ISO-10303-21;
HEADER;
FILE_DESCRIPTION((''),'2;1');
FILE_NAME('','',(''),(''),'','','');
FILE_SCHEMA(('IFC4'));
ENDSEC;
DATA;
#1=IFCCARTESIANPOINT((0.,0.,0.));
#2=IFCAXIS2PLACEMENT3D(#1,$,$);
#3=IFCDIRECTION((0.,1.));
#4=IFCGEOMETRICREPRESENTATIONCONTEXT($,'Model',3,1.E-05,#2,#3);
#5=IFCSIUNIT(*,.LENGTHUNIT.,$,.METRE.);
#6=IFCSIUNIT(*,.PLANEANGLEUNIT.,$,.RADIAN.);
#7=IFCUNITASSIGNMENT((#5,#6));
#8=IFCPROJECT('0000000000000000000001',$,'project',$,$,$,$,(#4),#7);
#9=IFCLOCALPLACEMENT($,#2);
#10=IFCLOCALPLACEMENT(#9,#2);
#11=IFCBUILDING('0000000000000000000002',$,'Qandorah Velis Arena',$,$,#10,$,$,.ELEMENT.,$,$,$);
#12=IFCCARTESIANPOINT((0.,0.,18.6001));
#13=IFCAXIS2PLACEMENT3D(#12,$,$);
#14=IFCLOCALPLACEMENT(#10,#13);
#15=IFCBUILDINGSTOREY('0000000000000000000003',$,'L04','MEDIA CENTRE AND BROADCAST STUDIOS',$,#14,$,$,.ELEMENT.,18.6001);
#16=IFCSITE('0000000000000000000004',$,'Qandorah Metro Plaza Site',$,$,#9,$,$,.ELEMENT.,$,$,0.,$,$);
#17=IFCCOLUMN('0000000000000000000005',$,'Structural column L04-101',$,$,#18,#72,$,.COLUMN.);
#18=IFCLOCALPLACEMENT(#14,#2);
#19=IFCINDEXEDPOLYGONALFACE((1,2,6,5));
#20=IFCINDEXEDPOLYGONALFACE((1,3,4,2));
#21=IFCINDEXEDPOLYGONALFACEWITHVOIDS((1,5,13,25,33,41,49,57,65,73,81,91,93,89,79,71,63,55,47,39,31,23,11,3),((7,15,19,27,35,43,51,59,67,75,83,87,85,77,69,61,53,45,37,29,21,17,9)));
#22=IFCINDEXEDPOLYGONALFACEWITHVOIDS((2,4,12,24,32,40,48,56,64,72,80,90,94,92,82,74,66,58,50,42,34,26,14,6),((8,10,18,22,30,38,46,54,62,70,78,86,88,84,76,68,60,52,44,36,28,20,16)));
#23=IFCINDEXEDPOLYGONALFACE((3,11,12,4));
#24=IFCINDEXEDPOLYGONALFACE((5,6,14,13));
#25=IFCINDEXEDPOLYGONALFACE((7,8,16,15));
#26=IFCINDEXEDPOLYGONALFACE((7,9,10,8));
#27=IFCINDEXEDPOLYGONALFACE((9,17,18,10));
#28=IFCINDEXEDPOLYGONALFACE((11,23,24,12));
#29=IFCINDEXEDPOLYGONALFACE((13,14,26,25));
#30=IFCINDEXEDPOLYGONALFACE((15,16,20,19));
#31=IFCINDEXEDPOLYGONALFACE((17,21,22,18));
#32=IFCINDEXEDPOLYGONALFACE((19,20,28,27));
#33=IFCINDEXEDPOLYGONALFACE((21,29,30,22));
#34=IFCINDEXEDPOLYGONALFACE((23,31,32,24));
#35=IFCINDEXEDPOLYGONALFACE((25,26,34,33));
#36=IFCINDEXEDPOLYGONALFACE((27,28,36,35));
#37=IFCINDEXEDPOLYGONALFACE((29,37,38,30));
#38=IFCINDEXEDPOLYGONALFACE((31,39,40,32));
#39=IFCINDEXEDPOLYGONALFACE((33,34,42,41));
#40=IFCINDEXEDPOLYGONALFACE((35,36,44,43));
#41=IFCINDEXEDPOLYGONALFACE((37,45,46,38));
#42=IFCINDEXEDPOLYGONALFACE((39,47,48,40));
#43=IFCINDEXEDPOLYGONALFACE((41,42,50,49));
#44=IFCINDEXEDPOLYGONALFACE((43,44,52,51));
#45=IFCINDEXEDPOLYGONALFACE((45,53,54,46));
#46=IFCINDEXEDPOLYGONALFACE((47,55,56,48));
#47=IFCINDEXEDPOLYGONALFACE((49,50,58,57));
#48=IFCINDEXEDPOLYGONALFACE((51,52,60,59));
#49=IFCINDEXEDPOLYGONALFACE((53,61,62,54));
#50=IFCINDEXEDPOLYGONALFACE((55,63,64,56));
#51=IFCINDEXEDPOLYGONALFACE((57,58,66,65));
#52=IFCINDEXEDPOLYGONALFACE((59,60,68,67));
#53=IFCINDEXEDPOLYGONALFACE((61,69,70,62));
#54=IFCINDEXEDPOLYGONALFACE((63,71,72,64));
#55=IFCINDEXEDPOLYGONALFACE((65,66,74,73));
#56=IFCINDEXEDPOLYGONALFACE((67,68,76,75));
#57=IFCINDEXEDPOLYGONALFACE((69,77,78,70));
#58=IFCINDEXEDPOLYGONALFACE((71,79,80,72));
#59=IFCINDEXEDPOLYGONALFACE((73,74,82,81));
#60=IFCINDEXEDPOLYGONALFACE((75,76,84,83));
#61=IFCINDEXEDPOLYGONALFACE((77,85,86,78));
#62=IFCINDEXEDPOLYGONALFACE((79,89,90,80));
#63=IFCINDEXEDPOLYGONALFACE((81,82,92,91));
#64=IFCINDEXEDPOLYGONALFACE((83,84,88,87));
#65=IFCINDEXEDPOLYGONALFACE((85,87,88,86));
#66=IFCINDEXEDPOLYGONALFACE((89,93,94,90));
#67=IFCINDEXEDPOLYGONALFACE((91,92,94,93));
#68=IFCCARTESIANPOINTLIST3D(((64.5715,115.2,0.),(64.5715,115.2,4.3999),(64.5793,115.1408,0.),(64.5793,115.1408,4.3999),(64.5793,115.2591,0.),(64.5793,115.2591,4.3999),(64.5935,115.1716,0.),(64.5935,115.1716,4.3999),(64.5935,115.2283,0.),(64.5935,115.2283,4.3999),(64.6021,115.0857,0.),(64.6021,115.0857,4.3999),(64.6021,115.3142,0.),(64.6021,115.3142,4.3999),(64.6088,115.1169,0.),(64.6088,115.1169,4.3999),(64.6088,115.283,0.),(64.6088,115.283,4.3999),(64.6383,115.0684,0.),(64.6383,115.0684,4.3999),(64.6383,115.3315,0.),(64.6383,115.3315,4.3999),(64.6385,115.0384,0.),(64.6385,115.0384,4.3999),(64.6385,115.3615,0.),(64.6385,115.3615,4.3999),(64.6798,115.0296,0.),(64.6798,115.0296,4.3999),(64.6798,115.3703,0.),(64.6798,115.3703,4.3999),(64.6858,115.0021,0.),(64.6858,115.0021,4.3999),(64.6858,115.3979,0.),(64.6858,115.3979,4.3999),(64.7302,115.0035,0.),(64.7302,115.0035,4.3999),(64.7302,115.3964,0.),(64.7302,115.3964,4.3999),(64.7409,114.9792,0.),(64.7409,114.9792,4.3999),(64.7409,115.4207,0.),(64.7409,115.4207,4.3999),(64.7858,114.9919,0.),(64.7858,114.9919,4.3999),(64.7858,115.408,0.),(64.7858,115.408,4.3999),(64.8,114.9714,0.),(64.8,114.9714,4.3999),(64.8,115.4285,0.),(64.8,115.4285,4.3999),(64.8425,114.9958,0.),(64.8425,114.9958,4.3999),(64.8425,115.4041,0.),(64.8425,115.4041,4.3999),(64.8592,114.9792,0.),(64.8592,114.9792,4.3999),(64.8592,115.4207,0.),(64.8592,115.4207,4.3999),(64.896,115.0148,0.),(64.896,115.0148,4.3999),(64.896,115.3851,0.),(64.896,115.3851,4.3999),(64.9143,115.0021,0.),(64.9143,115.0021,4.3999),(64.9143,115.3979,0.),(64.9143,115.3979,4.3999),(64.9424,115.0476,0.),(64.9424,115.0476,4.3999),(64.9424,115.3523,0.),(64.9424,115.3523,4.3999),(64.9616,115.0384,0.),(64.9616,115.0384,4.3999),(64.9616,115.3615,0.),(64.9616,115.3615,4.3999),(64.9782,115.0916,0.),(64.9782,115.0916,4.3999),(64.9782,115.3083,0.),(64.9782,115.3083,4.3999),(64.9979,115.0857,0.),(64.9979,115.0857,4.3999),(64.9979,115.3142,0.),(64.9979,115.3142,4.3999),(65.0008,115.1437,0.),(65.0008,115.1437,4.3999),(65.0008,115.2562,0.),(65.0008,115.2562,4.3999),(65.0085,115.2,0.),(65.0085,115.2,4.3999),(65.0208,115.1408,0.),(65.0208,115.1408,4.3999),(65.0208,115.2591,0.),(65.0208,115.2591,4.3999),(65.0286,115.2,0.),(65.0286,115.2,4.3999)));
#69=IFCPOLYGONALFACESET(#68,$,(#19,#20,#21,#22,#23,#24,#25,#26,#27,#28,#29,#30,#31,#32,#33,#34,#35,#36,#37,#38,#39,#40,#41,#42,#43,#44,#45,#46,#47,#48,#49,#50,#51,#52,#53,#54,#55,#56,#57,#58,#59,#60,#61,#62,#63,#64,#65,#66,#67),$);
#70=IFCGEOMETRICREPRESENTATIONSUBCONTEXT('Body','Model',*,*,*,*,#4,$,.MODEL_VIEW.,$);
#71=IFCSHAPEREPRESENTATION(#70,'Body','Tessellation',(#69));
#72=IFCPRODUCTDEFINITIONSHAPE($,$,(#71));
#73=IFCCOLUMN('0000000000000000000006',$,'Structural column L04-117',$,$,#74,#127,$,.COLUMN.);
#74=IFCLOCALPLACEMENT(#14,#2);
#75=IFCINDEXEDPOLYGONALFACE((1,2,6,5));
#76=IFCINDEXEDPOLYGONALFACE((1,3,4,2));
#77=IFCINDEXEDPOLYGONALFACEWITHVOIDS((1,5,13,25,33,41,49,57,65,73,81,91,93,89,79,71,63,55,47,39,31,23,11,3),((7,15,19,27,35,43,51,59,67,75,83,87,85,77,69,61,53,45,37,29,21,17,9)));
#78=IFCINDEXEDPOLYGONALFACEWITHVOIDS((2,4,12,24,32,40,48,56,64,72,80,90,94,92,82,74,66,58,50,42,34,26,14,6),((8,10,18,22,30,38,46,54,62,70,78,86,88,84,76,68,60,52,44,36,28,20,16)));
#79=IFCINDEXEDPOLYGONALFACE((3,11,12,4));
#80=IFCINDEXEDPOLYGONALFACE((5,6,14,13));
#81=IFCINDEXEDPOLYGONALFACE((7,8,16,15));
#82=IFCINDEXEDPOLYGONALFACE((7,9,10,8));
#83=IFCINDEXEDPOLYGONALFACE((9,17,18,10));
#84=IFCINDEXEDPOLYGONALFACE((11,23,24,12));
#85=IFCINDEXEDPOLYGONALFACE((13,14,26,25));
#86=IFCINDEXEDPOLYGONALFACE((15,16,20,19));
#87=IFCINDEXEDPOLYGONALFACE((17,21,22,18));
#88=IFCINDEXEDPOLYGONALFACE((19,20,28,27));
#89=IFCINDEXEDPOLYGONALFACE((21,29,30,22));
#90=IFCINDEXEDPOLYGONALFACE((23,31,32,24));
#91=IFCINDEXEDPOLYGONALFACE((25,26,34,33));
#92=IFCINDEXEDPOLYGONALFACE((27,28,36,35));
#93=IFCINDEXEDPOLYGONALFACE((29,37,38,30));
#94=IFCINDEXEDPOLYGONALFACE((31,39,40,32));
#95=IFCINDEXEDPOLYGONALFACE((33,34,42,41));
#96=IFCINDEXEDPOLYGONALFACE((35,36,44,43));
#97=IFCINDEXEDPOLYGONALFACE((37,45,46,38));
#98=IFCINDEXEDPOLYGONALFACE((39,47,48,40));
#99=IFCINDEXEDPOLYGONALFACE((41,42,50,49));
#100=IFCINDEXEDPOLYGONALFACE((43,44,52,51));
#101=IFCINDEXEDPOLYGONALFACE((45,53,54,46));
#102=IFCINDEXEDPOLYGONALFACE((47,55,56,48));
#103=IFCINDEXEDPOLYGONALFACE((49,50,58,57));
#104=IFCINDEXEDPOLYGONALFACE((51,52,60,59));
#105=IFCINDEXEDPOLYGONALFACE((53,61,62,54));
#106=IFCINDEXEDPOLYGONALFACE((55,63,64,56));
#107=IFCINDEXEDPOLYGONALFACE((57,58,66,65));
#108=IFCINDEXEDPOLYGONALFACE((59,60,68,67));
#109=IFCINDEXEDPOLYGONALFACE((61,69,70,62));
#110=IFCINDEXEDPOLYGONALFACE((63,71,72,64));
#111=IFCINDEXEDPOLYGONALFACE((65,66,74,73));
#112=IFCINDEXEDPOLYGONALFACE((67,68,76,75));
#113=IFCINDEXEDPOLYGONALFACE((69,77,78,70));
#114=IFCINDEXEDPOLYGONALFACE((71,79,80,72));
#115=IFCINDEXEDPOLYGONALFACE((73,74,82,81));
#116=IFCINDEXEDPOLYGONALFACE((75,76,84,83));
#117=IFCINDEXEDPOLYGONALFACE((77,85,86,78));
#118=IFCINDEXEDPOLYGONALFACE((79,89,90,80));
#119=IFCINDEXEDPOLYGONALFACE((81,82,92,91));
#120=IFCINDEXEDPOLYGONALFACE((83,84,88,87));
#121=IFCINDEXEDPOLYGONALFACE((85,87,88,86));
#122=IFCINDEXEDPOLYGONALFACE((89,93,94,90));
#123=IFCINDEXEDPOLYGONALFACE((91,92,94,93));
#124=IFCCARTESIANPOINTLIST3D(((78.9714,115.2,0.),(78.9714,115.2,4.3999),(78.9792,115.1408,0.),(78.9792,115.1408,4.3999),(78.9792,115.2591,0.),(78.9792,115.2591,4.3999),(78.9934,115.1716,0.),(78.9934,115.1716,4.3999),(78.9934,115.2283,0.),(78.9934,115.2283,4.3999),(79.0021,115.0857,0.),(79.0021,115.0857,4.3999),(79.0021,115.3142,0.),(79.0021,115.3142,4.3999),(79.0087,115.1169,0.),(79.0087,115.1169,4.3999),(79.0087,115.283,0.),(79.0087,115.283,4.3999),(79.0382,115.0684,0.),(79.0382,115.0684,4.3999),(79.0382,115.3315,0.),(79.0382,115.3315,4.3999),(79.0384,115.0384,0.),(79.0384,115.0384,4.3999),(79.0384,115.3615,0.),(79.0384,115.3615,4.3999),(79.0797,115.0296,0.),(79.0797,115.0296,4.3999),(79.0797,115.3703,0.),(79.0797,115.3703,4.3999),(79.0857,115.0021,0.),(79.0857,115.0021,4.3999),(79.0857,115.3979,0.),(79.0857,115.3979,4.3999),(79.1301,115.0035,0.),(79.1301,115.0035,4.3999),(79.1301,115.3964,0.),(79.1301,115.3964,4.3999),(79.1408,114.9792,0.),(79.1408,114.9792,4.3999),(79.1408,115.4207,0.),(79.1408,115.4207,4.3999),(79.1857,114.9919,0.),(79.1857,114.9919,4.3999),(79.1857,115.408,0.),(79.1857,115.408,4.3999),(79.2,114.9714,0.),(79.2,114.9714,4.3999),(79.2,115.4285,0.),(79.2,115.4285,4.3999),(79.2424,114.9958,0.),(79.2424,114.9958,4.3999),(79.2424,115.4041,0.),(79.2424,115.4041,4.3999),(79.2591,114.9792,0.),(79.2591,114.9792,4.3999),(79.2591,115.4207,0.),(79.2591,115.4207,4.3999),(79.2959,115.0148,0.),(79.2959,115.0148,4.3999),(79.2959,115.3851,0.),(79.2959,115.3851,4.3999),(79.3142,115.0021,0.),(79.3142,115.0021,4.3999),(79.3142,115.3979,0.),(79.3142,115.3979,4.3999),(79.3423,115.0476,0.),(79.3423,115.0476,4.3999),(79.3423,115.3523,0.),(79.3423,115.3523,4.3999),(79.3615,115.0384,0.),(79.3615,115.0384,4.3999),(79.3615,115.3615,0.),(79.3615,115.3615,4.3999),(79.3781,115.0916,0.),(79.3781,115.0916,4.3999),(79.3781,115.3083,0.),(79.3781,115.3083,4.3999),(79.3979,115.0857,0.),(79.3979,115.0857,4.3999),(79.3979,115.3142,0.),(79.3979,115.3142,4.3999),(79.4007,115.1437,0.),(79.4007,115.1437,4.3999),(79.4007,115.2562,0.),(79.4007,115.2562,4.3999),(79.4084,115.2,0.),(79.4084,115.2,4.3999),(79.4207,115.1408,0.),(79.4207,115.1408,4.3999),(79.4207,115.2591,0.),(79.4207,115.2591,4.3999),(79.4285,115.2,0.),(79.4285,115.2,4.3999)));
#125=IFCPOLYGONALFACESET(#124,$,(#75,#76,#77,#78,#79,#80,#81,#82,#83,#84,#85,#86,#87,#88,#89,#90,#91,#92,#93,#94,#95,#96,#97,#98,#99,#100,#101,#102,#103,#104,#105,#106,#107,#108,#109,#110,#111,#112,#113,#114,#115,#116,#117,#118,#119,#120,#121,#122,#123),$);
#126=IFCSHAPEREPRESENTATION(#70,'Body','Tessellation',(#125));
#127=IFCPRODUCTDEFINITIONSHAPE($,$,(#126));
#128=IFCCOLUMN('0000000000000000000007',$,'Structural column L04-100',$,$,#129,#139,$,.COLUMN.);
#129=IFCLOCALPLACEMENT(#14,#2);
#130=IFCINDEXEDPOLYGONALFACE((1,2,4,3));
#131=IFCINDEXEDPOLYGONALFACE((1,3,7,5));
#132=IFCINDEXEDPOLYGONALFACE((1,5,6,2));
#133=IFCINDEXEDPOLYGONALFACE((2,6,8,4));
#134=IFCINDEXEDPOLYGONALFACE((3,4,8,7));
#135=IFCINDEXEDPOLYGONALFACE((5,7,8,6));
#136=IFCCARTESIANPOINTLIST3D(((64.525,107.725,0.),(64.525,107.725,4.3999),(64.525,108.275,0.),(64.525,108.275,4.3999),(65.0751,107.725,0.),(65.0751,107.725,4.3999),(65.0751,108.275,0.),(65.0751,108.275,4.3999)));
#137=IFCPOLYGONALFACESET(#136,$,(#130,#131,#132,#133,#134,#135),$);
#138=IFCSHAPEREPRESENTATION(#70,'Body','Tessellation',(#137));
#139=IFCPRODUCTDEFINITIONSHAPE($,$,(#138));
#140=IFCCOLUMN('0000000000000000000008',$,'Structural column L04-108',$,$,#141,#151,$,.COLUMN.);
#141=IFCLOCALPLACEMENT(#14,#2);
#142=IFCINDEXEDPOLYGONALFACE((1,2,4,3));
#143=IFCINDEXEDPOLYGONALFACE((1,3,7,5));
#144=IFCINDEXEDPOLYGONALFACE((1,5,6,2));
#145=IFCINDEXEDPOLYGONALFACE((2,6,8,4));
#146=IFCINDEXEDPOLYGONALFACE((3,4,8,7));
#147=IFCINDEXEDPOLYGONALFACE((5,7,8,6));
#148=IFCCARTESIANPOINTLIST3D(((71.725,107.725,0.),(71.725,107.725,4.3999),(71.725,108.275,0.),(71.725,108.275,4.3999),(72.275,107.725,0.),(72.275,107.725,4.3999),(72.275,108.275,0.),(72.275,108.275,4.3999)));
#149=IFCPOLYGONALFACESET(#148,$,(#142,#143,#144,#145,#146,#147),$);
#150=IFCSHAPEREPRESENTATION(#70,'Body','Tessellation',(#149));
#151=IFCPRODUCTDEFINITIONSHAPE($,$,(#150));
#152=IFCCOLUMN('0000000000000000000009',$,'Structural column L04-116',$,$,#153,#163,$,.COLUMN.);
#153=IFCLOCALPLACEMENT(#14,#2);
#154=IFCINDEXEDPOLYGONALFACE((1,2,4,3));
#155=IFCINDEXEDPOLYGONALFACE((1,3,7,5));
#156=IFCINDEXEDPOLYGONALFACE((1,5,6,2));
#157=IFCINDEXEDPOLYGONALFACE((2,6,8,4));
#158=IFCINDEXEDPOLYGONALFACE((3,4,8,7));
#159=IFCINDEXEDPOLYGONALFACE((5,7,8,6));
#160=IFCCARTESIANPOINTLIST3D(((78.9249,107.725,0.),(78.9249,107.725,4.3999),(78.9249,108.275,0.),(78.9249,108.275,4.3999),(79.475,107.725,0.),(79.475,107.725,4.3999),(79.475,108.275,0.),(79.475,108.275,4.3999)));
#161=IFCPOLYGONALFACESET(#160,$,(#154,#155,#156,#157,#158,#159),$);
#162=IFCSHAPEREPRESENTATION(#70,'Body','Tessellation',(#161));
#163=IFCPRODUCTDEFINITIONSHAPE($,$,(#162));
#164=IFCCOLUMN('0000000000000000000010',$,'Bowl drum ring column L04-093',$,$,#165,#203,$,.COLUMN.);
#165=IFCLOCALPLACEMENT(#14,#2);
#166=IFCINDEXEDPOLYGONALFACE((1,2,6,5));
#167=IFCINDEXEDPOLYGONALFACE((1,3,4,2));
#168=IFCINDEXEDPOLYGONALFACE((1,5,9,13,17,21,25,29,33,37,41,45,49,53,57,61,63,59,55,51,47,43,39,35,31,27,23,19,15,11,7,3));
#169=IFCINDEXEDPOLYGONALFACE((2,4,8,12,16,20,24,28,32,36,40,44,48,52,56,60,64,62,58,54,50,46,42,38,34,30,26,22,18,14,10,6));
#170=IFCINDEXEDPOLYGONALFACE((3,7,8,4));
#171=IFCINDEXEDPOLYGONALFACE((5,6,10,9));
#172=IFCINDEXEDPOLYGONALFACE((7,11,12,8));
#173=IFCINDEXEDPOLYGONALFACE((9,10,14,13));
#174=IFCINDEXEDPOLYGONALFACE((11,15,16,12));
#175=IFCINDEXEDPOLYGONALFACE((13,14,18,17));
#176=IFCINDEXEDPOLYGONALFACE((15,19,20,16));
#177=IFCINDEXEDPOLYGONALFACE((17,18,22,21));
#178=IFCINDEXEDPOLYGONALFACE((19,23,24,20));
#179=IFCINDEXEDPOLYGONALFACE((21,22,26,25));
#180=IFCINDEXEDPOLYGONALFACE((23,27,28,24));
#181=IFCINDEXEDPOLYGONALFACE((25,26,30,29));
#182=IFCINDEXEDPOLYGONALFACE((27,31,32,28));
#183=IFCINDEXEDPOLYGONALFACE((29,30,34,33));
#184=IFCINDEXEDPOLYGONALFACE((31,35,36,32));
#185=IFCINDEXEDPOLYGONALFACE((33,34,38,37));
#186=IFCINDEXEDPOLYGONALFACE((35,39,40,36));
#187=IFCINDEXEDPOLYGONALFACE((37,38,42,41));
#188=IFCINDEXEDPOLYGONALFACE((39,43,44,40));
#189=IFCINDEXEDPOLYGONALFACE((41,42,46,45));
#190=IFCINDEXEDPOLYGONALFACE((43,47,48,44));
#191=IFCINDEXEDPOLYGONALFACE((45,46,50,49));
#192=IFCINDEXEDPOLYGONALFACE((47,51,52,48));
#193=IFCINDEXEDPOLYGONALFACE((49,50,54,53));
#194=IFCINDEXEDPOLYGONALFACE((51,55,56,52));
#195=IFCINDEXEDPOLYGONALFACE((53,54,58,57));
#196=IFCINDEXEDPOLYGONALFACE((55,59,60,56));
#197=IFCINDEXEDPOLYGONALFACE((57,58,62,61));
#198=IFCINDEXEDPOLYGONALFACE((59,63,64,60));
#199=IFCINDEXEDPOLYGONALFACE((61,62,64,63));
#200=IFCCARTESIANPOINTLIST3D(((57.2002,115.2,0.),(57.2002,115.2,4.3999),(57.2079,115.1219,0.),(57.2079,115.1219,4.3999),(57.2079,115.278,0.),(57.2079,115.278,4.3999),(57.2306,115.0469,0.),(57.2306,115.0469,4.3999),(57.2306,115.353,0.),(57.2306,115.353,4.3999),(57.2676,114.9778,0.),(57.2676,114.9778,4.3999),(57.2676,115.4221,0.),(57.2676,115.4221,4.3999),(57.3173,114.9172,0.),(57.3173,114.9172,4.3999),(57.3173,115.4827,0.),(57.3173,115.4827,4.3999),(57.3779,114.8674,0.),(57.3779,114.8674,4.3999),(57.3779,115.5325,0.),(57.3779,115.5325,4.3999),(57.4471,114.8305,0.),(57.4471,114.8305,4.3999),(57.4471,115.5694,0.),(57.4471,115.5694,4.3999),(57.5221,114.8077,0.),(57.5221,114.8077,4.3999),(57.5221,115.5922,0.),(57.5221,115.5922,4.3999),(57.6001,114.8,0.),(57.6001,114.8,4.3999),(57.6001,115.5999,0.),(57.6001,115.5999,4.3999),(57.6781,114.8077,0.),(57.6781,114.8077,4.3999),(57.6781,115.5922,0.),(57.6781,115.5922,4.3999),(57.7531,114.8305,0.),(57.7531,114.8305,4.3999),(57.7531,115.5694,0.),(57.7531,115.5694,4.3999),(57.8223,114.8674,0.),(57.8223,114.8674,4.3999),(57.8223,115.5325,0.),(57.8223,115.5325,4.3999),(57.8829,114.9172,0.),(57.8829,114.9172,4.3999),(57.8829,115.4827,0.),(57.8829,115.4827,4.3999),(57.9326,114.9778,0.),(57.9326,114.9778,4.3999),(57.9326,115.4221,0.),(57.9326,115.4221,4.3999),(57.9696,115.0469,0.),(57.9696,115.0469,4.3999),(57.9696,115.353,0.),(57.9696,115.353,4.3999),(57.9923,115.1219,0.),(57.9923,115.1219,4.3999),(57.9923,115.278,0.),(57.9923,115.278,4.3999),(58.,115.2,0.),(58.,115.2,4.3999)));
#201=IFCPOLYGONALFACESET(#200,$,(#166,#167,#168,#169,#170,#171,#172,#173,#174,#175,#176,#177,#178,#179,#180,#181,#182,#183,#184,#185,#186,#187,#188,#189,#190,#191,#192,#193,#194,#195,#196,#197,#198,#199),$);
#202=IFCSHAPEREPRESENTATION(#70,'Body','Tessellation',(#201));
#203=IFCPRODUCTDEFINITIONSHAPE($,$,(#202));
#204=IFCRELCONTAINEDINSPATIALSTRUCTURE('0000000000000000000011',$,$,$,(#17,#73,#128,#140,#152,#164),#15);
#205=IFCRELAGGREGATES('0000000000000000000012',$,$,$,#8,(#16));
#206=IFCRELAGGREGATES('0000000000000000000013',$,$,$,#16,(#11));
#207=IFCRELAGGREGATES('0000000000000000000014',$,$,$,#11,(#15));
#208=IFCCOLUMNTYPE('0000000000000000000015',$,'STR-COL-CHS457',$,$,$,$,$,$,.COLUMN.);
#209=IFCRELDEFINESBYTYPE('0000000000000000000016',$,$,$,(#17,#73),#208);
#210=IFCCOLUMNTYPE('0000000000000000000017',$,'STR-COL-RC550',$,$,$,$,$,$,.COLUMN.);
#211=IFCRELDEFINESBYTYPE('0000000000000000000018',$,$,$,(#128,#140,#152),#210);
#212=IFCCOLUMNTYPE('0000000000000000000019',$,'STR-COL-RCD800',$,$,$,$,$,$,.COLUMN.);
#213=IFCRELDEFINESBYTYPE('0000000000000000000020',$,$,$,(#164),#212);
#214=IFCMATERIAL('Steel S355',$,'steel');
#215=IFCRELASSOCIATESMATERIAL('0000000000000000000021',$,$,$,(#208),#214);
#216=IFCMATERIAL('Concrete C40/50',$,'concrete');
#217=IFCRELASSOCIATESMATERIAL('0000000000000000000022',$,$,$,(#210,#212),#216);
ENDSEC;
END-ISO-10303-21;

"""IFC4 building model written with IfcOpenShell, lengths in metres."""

from ifc_helpers import new_model, si_unit, direction, frame, origin, origin_2d, place, context, subcontext, project, spatial, rectangle, circle, hollow_circle, extrude, material, material_profile, profile_set, type_object, element, save


model = new_model("IFC4")

# Units and contexts
model_context = context("Model", 3, precision=1e-05, world=origin(), true_north=direction((0.0, 1.0)))
body_context = subcontext(model_context, "Body", "Model", "MODEL_VIEW")
ifc_project = project(units=[si_unit("LENGTHUNIT", "METRE"), si_unit("PLANEANGLEUNIT", "RADIAN")], contexts=[model_context])

# Site, building, storey
site_placement = place(None, origin())
site = spatial("IfcSite", under=ifc_project, at=site_placement, Name="Qandorah Metro Plaza Site", CompositionType="ELEMENT", RefElevation=0.0)
building_placement = place(site_placement, origin())
building = spatial("IfcBuilding", under=site, at=building_placement, Name="Qandorah Velis Arena", CompositionType="ELEMENT")
storey_placement = place(building_placement, frame((0.0, 0.0, 18.6001)))
storey = spatial("IfcBuildingStorey", under=building, at=storey_placement, Name="L04", Description="MEDIA CENTRE AND BROADCAST STUDIOS", CompositionType="ELEMENT", Elevation=18.6001)

# Columns
ifc_material_1 = material(Name="Steel S355", Category="steel")
ifc_material_profile_1 = material_profile(ifc_material_1, hollow_circle(Radius=0.2285, WallThickness=0.02, at=origin_2d()), Name="CHS 457x20")
ifc_profile_set_1 = profile_set([ifc_material_profile_1], Name="Steel S355")
column_type_1 = type_object("IfcColumnType", Name="STR-COL-CHS457", PredefinedType="COLUMN", material=ifc_profile_set_1)
for number, where, z_axis, x_axis, name in (
    (1, (64.8, 115.2, 0.0), (0.0, 0.0, 1.0), (1.0, 0.0, 0.0), "Structural column L04-101"),
    (2, (79.2, 115.2, 0.0), (0.0, 0.0, 1.0), (1.0, 0.0, 0.0), "Structural column L04-117"),
):
    element("IfcColumn", number, at=place(storey_placement, frame(where, z_axis=z_axis, x_axis=x_axis)), inside=storey, type_object=column_type_1, Name=name, PredefinedType="COLUMN", context=body_context, shape_type="SweptSolid", body=[
        extrude(hollow_circle(Radius=0.2285, WallThickness=0.02, at=origin_2d()), origin(), (0.0, 0.0, 1.0), 4.3999),
    ])
ifc_material_2 = material(Name="Concrete C40/50", Category="concrete")
ifc_material_profile_2 = material_profile(ifc_material_2, rectangle(XDim=0.55, YDim=0.55, at=origin_2d()), Name="RC COL 550x550")
ifc_profile_set_2 = profile_set([ifc_material_profile_2], Name="Concrete C40/50")
column_type_2 = type_object("IfcColumnType", Name="STR-COL-RC550", PredefinedType="COLUMN", material=ifc_profile_set_2)
for number, where, z_axis, x_axis, name in (
    (3, (64.8, 108.0, 0.0), (0.0, 0.0, 1.0), (1.0, 0.0, 0.0), "Structural column L04-100"),
    (4, (72.0, 108.0, 0.0), (0.0, 0.0, 1.0), (1.0, 0.0, 0.0), "Structural column L04-108"),
    (5, (79.2, 108.0, 0.0), (0.0, 0.0, 1.0), (1.0, 0.0, 0.0), "Structural column L04-116"),
):
    element("IfcColumn", number, at=place(storey_placement, frame(where, z_axis=z_axis, x_axis=x_axis)), inside=storey, type_object=column_type_2, Name=name, PredefinedType="COLUMN", context=body_context, shape_type="SweptSolid", body=[
        extrude(rectangle(XDim=0.55, YDim=0.55, at=origin_2d()), origin(), (0.0, 0.0, 1.0), 4.3999),
    ])
ifc_material_profile_3 = material_profile(ifc_material_2, circle(Radius=0.3999, at=origin_2d()), Name="RC D800")
ifc_profile_set_3 = profile_set([ifc_material_profile_3], Name="Concrete C40/50")
column_type_3 = type_object("IfcColumnType", Name="STR-COL-RCD800", PredefinedType="COLUMN", material=ifc_profile_set_3)
for number, where, z_axis, x_axis, name in (
    (6, (57.6001, 115.2, 0.0), (0.0, 0.0, 1.0), (1.0, 0.0, 0.0), "Bowl drum ring column L04-093"),
):
    element("IfcColumn", number, at=place(storey_placement, frame(where, z_axis=z_axis, x_axis=x_axis)), inside=storey, type_object=column_type_3, Name=name, PredefinedType="COLUMN", context=body_context, shape_type="SweptSolid", body=[
        extrude(circle(Radius=0.3999, at=origin_2d()), origin(), (0.0, 0.0, 1.0), 4.3999),
    ])

save(model, "model.ifc")
